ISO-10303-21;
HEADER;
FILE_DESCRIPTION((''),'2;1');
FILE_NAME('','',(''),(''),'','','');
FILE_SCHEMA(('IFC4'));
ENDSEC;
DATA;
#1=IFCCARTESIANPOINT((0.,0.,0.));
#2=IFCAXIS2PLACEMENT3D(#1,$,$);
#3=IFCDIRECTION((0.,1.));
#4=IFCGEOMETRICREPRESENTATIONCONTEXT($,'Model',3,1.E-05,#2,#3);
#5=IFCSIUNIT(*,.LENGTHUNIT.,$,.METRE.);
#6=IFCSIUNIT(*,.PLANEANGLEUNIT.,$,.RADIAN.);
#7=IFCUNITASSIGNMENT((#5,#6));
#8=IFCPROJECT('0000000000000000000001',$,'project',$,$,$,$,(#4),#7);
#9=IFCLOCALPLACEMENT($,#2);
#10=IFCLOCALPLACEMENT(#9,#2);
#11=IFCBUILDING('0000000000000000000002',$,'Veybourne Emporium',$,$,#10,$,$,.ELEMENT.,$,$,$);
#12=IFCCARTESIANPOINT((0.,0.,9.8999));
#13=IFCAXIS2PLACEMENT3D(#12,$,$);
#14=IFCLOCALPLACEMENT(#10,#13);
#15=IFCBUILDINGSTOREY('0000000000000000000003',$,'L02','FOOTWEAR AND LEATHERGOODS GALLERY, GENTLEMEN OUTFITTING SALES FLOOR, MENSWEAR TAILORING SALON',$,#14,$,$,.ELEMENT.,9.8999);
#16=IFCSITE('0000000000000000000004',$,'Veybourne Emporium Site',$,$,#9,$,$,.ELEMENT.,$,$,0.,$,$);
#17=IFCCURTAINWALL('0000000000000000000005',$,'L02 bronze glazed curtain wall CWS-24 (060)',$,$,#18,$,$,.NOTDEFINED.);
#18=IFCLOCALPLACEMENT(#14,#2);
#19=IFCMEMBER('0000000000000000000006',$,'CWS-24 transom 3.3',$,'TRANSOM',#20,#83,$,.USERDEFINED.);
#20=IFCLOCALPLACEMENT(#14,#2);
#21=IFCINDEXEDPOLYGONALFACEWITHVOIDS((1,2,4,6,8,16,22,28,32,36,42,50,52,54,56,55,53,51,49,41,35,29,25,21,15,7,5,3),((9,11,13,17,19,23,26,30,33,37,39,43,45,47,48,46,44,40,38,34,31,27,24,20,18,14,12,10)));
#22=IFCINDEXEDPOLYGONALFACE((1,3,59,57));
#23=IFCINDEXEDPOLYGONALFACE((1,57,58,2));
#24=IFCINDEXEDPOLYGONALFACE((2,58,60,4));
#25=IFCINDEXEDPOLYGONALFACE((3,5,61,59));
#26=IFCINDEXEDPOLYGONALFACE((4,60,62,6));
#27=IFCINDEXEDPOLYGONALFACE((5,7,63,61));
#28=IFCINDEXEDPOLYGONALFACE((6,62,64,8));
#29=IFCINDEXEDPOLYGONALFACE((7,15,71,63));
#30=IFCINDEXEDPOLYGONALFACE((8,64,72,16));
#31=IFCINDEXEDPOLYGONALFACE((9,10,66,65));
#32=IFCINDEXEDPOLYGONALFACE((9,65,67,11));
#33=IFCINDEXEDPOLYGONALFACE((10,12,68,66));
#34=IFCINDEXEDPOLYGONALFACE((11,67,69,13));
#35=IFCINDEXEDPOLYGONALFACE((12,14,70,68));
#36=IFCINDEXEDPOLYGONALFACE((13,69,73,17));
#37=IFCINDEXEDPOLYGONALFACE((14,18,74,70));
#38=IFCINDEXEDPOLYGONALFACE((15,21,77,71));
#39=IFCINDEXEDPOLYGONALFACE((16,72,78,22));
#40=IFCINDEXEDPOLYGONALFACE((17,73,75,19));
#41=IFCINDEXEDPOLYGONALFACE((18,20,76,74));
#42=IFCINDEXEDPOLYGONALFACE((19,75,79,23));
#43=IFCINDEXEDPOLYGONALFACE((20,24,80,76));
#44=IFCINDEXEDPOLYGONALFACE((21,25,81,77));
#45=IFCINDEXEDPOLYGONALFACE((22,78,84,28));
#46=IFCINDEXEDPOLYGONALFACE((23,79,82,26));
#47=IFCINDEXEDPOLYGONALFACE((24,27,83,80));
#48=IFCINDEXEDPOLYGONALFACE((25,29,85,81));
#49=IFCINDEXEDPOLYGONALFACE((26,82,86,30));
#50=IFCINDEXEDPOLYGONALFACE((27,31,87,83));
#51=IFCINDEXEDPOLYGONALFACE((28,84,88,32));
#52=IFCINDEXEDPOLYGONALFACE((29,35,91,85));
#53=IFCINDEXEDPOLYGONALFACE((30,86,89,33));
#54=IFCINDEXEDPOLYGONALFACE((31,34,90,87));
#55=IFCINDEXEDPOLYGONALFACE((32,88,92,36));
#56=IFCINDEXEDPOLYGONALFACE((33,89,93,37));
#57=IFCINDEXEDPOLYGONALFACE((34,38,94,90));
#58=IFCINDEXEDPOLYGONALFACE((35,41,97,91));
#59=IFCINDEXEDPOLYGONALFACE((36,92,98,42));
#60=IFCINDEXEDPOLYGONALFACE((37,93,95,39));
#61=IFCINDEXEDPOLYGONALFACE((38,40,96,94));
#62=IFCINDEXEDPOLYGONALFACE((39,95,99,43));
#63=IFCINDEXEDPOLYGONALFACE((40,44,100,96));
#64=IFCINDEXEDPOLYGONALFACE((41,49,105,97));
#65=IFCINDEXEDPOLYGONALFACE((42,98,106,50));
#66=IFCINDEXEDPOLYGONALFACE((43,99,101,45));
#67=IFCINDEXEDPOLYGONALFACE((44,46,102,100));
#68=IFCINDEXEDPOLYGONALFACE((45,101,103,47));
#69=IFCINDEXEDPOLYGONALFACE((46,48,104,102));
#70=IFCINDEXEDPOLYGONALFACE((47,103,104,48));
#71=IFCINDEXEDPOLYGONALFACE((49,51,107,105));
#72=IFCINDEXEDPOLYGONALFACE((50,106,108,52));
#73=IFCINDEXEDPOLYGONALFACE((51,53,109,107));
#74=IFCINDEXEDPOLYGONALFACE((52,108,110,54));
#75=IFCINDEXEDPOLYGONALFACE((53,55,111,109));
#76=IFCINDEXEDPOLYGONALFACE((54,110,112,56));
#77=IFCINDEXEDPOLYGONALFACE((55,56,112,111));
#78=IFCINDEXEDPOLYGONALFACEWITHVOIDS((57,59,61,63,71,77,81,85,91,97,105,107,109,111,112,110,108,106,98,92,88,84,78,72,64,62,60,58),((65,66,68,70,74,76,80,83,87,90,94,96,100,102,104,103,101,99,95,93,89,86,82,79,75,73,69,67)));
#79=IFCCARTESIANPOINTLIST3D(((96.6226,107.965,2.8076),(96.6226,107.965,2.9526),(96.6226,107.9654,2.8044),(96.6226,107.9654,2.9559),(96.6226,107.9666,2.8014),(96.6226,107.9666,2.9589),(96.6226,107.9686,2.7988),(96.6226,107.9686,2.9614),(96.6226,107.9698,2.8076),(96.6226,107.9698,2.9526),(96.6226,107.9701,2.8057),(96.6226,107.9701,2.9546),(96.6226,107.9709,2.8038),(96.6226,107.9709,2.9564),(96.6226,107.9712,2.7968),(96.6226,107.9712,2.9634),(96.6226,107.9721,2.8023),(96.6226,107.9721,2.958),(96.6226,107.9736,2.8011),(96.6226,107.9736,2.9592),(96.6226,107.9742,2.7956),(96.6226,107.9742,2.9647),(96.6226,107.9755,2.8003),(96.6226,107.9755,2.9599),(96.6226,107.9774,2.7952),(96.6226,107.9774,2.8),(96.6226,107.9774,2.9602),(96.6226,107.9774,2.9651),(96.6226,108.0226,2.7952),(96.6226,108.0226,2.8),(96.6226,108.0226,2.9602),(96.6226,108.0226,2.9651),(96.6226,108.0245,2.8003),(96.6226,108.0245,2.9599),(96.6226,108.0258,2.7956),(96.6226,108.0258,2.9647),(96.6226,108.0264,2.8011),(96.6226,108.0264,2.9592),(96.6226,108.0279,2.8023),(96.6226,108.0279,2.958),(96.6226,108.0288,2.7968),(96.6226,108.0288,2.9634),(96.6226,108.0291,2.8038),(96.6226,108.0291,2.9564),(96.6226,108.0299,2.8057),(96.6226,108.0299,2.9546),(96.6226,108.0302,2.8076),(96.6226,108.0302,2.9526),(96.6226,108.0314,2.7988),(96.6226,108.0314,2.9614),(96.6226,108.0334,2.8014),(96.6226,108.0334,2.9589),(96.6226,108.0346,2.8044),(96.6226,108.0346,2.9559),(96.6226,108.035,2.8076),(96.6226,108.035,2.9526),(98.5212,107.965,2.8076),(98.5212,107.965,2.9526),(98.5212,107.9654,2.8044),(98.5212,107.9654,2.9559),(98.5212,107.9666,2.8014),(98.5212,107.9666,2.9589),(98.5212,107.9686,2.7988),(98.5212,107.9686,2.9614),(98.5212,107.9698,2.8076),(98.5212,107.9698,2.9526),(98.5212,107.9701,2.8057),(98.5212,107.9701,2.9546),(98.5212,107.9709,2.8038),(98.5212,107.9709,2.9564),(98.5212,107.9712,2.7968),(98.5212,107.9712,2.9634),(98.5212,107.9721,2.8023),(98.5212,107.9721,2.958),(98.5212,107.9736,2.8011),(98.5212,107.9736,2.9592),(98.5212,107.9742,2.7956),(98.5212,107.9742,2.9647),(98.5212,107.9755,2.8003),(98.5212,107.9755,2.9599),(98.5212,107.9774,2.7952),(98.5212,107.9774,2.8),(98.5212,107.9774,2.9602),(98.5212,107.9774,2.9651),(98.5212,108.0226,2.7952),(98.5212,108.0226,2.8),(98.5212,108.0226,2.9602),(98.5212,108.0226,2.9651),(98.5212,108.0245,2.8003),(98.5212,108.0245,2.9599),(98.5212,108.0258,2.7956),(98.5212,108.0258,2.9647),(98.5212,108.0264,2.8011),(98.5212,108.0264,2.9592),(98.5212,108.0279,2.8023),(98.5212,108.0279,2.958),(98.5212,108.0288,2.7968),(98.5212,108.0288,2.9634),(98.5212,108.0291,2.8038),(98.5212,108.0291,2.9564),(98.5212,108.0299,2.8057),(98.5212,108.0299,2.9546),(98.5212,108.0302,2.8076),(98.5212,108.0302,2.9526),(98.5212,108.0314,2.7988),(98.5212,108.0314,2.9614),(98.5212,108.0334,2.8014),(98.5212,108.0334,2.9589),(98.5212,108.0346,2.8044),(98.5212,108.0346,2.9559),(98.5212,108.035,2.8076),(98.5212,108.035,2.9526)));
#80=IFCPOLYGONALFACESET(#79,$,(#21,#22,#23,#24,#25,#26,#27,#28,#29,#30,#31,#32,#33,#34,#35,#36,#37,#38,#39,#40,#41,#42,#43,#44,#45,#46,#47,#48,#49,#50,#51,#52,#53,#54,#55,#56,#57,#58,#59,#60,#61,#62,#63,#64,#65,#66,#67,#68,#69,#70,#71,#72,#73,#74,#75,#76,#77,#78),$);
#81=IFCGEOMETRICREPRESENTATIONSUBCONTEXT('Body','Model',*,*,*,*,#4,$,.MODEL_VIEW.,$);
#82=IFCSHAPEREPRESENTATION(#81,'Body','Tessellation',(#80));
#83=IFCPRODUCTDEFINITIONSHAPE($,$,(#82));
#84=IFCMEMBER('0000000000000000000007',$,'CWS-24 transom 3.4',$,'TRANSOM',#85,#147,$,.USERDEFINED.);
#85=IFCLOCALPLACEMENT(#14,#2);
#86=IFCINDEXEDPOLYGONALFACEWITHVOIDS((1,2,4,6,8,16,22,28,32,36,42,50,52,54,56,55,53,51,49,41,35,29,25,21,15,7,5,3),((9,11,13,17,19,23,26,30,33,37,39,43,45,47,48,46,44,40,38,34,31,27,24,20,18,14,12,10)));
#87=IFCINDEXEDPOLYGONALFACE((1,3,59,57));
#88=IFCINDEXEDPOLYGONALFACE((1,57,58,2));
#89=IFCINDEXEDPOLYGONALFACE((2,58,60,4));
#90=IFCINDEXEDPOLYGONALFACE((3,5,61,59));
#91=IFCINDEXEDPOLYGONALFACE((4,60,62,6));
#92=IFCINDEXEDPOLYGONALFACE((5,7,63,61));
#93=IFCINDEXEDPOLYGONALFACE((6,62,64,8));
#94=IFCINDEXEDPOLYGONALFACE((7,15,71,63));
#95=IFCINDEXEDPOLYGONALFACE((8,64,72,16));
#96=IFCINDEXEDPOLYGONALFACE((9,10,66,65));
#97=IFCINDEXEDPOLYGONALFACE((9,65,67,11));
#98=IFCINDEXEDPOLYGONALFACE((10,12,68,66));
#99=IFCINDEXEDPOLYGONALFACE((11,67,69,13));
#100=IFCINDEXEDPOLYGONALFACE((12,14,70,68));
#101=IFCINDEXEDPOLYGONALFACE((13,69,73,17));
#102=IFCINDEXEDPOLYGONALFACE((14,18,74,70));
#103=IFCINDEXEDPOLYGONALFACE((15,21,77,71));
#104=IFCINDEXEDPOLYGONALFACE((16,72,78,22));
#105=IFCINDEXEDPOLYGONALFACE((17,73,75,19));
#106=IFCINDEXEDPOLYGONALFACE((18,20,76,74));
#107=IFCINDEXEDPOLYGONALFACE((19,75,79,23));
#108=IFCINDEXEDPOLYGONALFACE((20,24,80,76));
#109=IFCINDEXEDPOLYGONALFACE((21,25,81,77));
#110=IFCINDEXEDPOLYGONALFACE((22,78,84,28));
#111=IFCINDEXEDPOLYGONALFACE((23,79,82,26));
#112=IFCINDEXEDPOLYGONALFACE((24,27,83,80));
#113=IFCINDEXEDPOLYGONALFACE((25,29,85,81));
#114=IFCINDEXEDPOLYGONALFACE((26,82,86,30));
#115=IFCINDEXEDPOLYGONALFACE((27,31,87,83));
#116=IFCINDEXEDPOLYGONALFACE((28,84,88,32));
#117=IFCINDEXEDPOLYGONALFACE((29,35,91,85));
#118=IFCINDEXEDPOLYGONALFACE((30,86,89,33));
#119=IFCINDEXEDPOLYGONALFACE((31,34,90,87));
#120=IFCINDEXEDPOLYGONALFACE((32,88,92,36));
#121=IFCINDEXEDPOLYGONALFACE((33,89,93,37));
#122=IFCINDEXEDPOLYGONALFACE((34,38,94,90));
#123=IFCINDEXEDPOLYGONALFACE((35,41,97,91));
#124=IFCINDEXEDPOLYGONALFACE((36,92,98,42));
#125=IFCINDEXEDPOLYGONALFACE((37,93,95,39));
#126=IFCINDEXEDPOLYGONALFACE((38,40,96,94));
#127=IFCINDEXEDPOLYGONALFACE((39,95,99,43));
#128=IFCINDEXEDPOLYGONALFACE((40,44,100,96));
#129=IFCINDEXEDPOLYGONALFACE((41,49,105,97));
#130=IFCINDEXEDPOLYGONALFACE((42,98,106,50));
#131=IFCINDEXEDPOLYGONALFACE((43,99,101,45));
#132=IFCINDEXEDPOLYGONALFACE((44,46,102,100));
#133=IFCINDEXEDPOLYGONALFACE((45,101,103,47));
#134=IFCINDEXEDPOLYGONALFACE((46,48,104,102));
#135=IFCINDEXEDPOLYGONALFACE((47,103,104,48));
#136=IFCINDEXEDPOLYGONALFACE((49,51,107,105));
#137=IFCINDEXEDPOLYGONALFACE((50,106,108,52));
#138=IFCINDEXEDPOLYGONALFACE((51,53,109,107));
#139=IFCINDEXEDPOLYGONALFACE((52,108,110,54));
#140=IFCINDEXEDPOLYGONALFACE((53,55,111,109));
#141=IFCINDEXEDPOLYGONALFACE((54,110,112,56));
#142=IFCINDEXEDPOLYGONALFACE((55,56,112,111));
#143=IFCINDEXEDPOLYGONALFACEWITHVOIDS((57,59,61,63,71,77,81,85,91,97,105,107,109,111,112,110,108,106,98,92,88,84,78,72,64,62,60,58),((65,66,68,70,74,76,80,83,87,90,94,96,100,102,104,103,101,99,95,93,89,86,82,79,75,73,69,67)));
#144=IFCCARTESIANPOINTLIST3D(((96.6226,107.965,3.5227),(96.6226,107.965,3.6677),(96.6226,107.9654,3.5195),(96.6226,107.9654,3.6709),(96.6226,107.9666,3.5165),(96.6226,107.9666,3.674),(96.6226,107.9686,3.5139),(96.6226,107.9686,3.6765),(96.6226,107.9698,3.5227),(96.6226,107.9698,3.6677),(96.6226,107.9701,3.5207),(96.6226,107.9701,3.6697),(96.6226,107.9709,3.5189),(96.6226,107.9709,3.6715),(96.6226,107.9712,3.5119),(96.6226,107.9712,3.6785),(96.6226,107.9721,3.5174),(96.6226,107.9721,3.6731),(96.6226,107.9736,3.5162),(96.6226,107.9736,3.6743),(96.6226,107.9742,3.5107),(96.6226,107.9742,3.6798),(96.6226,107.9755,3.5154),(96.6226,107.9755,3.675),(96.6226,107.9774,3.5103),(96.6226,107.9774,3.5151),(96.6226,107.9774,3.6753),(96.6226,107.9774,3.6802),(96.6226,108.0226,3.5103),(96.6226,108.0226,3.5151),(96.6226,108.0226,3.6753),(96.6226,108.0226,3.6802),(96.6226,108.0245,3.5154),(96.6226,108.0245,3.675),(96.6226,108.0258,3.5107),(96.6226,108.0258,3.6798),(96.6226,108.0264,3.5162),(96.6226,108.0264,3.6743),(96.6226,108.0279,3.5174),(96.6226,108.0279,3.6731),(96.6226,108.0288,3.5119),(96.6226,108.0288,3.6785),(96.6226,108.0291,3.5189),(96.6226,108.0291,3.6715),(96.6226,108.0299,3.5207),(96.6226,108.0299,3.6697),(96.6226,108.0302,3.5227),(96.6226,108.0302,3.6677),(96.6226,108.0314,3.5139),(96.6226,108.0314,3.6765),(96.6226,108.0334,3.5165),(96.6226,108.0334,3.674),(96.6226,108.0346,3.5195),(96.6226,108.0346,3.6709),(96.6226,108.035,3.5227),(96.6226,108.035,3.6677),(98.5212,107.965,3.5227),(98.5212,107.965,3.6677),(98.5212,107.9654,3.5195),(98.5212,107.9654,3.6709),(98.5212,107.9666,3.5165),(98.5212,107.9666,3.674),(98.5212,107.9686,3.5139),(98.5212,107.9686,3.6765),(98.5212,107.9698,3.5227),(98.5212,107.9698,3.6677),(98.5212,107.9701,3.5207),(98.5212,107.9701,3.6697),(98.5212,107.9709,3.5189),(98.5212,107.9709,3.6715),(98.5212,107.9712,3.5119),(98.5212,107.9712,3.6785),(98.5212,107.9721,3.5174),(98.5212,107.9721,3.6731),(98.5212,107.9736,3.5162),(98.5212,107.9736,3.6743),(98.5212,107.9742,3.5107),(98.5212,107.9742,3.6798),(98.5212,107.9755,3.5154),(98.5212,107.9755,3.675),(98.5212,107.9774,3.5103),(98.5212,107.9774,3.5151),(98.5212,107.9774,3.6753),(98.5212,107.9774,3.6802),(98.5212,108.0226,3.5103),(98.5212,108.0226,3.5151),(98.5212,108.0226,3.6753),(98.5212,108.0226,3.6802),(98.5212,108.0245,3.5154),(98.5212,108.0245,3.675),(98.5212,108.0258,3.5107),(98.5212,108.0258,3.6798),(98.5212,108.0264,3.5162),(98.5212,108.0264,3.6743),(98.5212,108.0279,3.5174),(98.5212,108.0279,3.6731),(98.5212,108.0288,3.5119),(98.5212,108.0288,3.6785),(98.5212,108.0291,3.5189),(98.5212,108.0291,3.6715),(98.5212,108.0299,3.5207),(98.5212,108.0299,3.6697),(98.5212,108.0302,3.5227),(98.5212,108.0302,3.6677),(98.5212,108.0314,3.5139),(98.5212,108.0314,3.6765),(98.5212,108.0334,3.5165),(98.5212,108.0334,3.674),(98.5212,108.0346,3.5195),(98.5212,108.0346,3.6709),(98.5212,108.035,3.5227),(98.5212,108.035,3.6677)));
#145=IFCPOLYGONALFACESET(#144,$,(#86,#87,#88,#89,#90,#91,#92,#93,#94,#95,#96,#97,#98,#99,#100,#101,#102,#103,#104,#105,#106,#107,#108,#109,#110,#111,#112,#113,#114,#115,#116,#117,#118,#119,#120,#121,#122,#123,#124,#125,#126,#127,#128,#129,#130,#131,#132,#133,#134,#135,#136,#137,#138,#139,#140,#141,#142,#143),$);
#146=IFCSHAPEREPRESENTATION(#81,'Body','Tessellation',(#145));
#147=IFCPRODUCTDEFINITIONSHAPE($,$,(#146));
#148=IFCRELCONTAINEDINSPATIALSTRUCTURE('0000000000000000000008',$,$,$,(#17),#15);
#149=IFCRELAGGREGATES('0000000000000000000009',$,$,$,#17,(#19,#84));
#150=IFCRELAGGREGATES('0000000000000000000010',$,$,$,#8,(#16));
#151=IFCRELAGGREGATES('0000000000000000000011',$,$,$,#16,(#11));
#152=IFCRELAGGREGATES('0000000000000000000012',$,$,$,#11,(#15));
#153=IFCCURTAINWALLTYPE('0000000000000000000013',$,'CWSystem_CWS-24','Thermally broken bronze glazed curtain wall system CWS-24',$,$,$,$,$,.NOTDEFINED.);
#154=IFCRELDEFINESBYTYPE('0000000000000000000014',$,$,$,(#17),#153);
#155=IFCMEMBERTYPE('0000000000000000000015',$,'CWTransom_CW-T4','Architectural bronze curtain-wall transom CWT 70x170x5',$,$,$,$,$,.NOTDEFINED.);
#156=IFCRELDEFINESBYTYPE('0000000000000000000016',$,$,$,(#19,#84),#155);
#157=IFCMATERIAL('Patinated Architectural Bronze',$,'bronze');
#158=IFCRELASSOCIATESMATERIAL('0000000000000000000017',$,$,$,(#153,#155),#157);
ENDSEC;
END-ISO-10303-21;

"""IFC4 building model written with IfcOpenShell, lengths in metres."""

from ifc_helpers import new_model, si_unit, direction, frame, origin, origin_2d, place, context, subcontext, project, spatial, hollow_rectangle, extrude, material, material_profile, profile_set, type_object, element, aggregate, save


model = new_model("IFC4")

# Units and contexts
model_context = context("Model", 3, precision=1e-05, world=origin(), true_north=direction((0.0, 1.0)))
body_context = subcontext(model_context, "Body", "Model", "MODEL_VIEW")
ifc_project = project(units=[si_unit("LENGTHUNIT", "METRE"), si_unit("PLANEANGLEUNIT", "RADIAN")], contexts=[model_context])

# Site, building, storey
site_placement = place(None, origin())
site = spatial("IfcSite", under=ifc_project, at=site_placement, Name="Veybourne Emporium Site", CompositionType="ELEMENT", RefElevation=0.0)
building_placement = place(site_placement, origin())
building = spatial("IfcBuilding", under=site, at=building_placement, Name="Veybourne Emporium", CompositionType="ELEMENT")
storey_placement = place(building_placement, frame((0.0, 0.0, 9.8999)))
storey = spatial("IfcBuildingStorey", under=building, at=storey_placement, Name="L02", Description="FOOTWEAR AND LEATHERGOODS GALLERY, GENTLEMEN OUTFITTING SALES FLOOR, MENSWEAR TAILORING SALON", CompositionType="ELEMENT", Elevation=9.8999)

# Curtain wall, members
ifc_material_1 = material(Name="Patinated Architectural Bronze", Category="bronze")
curtain_wall_type = type_object("IfcCurtainWallType", Name="CWSystem_CWS-24", Description="Thermally broken bronze glazed curtain wall system CWS-24", PredefinedType="NOTDEFINED", material=ifc_material_1)
curtain_wall_placement = place(storey_placement, origin())
curtain_wall = element("IfcCurtainWall", 1, at=curtain_wall_placement, inside=storey, type_object=curtain_wall_type, Name="L02 bronze glazed curtain wall CWS-24 (060)", PredefinedType="NOTDEFINED")
ifc_material_profile_1 = material_profile(ifc_material_1, hollow_rectangle(XDim=0.0701, YDim=0.1699, WallThickness=0.0049, InnerFilletRadius=0.0076, OuterFilletRadius=0.0125, at=origin_2d()), Name="CWT 70x170x5")
ifc_profile_set_1 = profile_set([ifc_material_profile_1], Name="Patinated Architectural Bronze")
member_type_1 = type_object("IfcMemberType", Name="CWTransom_CW-T4", Description="Architectural bronze curtain-wall transom CWT 70x170x5", PredefinedType="NOTDEFINED", material=ifc_profile_set_1)
member_1_placement = place(storey_placement, frame((96.6226, 108.0, 2.8801), z_axis=(1.0, 0.0, 0.0), x_axis=(0.0, 1.0, 0.0)))
member_1 = element("IfcMember", 2, at=member_1_placement, type_object=member_type_1, Name="CWS-24 transom 3.3", ObjectType="TRANSOM", PredefinedType="USERDEFINED", context=body_context, shape_type="SweptSolid", body=[
    extrude(hollow_rectangle(XDim=0.0701, YDim=0.1699, WallThickness=0.0049, InnerFilletRadius=0.0076, OuterFilletRadius=0.0125, at=origin_2d()), origin(), (0.0, 0.0, 1.0), 1.8987),
])
member_2_placement = place(storey_placement, frame((96.6226, 108.0, 3.5952), z_axis=(1.0, 0.0, 0.0), x_axis=(0.0, 1.0, 0.0)))
member_2 = element("IfcMember", 3, at=member_2_placement, type_object=member_type_1, Name="CWS-24 transom 3.4", ObjectType="TRANSOM", PredefinedType="USERDEFINED", context=body_context, shape_type="SweptSolid", body=[
    extrude(hollow_rectangle(XDim=0.0701, YDim=0.1699, WallThickness=0.0049, InnerFilletRadius=0.0076, OuterFilletRadius=0.0125, at=origin_2d()), origin(), (0.0, 0.0, 1.0), 1.8987),
])
aggregate(curtain_wall, [member_1, member_2])

save(model, "model.ifc")
